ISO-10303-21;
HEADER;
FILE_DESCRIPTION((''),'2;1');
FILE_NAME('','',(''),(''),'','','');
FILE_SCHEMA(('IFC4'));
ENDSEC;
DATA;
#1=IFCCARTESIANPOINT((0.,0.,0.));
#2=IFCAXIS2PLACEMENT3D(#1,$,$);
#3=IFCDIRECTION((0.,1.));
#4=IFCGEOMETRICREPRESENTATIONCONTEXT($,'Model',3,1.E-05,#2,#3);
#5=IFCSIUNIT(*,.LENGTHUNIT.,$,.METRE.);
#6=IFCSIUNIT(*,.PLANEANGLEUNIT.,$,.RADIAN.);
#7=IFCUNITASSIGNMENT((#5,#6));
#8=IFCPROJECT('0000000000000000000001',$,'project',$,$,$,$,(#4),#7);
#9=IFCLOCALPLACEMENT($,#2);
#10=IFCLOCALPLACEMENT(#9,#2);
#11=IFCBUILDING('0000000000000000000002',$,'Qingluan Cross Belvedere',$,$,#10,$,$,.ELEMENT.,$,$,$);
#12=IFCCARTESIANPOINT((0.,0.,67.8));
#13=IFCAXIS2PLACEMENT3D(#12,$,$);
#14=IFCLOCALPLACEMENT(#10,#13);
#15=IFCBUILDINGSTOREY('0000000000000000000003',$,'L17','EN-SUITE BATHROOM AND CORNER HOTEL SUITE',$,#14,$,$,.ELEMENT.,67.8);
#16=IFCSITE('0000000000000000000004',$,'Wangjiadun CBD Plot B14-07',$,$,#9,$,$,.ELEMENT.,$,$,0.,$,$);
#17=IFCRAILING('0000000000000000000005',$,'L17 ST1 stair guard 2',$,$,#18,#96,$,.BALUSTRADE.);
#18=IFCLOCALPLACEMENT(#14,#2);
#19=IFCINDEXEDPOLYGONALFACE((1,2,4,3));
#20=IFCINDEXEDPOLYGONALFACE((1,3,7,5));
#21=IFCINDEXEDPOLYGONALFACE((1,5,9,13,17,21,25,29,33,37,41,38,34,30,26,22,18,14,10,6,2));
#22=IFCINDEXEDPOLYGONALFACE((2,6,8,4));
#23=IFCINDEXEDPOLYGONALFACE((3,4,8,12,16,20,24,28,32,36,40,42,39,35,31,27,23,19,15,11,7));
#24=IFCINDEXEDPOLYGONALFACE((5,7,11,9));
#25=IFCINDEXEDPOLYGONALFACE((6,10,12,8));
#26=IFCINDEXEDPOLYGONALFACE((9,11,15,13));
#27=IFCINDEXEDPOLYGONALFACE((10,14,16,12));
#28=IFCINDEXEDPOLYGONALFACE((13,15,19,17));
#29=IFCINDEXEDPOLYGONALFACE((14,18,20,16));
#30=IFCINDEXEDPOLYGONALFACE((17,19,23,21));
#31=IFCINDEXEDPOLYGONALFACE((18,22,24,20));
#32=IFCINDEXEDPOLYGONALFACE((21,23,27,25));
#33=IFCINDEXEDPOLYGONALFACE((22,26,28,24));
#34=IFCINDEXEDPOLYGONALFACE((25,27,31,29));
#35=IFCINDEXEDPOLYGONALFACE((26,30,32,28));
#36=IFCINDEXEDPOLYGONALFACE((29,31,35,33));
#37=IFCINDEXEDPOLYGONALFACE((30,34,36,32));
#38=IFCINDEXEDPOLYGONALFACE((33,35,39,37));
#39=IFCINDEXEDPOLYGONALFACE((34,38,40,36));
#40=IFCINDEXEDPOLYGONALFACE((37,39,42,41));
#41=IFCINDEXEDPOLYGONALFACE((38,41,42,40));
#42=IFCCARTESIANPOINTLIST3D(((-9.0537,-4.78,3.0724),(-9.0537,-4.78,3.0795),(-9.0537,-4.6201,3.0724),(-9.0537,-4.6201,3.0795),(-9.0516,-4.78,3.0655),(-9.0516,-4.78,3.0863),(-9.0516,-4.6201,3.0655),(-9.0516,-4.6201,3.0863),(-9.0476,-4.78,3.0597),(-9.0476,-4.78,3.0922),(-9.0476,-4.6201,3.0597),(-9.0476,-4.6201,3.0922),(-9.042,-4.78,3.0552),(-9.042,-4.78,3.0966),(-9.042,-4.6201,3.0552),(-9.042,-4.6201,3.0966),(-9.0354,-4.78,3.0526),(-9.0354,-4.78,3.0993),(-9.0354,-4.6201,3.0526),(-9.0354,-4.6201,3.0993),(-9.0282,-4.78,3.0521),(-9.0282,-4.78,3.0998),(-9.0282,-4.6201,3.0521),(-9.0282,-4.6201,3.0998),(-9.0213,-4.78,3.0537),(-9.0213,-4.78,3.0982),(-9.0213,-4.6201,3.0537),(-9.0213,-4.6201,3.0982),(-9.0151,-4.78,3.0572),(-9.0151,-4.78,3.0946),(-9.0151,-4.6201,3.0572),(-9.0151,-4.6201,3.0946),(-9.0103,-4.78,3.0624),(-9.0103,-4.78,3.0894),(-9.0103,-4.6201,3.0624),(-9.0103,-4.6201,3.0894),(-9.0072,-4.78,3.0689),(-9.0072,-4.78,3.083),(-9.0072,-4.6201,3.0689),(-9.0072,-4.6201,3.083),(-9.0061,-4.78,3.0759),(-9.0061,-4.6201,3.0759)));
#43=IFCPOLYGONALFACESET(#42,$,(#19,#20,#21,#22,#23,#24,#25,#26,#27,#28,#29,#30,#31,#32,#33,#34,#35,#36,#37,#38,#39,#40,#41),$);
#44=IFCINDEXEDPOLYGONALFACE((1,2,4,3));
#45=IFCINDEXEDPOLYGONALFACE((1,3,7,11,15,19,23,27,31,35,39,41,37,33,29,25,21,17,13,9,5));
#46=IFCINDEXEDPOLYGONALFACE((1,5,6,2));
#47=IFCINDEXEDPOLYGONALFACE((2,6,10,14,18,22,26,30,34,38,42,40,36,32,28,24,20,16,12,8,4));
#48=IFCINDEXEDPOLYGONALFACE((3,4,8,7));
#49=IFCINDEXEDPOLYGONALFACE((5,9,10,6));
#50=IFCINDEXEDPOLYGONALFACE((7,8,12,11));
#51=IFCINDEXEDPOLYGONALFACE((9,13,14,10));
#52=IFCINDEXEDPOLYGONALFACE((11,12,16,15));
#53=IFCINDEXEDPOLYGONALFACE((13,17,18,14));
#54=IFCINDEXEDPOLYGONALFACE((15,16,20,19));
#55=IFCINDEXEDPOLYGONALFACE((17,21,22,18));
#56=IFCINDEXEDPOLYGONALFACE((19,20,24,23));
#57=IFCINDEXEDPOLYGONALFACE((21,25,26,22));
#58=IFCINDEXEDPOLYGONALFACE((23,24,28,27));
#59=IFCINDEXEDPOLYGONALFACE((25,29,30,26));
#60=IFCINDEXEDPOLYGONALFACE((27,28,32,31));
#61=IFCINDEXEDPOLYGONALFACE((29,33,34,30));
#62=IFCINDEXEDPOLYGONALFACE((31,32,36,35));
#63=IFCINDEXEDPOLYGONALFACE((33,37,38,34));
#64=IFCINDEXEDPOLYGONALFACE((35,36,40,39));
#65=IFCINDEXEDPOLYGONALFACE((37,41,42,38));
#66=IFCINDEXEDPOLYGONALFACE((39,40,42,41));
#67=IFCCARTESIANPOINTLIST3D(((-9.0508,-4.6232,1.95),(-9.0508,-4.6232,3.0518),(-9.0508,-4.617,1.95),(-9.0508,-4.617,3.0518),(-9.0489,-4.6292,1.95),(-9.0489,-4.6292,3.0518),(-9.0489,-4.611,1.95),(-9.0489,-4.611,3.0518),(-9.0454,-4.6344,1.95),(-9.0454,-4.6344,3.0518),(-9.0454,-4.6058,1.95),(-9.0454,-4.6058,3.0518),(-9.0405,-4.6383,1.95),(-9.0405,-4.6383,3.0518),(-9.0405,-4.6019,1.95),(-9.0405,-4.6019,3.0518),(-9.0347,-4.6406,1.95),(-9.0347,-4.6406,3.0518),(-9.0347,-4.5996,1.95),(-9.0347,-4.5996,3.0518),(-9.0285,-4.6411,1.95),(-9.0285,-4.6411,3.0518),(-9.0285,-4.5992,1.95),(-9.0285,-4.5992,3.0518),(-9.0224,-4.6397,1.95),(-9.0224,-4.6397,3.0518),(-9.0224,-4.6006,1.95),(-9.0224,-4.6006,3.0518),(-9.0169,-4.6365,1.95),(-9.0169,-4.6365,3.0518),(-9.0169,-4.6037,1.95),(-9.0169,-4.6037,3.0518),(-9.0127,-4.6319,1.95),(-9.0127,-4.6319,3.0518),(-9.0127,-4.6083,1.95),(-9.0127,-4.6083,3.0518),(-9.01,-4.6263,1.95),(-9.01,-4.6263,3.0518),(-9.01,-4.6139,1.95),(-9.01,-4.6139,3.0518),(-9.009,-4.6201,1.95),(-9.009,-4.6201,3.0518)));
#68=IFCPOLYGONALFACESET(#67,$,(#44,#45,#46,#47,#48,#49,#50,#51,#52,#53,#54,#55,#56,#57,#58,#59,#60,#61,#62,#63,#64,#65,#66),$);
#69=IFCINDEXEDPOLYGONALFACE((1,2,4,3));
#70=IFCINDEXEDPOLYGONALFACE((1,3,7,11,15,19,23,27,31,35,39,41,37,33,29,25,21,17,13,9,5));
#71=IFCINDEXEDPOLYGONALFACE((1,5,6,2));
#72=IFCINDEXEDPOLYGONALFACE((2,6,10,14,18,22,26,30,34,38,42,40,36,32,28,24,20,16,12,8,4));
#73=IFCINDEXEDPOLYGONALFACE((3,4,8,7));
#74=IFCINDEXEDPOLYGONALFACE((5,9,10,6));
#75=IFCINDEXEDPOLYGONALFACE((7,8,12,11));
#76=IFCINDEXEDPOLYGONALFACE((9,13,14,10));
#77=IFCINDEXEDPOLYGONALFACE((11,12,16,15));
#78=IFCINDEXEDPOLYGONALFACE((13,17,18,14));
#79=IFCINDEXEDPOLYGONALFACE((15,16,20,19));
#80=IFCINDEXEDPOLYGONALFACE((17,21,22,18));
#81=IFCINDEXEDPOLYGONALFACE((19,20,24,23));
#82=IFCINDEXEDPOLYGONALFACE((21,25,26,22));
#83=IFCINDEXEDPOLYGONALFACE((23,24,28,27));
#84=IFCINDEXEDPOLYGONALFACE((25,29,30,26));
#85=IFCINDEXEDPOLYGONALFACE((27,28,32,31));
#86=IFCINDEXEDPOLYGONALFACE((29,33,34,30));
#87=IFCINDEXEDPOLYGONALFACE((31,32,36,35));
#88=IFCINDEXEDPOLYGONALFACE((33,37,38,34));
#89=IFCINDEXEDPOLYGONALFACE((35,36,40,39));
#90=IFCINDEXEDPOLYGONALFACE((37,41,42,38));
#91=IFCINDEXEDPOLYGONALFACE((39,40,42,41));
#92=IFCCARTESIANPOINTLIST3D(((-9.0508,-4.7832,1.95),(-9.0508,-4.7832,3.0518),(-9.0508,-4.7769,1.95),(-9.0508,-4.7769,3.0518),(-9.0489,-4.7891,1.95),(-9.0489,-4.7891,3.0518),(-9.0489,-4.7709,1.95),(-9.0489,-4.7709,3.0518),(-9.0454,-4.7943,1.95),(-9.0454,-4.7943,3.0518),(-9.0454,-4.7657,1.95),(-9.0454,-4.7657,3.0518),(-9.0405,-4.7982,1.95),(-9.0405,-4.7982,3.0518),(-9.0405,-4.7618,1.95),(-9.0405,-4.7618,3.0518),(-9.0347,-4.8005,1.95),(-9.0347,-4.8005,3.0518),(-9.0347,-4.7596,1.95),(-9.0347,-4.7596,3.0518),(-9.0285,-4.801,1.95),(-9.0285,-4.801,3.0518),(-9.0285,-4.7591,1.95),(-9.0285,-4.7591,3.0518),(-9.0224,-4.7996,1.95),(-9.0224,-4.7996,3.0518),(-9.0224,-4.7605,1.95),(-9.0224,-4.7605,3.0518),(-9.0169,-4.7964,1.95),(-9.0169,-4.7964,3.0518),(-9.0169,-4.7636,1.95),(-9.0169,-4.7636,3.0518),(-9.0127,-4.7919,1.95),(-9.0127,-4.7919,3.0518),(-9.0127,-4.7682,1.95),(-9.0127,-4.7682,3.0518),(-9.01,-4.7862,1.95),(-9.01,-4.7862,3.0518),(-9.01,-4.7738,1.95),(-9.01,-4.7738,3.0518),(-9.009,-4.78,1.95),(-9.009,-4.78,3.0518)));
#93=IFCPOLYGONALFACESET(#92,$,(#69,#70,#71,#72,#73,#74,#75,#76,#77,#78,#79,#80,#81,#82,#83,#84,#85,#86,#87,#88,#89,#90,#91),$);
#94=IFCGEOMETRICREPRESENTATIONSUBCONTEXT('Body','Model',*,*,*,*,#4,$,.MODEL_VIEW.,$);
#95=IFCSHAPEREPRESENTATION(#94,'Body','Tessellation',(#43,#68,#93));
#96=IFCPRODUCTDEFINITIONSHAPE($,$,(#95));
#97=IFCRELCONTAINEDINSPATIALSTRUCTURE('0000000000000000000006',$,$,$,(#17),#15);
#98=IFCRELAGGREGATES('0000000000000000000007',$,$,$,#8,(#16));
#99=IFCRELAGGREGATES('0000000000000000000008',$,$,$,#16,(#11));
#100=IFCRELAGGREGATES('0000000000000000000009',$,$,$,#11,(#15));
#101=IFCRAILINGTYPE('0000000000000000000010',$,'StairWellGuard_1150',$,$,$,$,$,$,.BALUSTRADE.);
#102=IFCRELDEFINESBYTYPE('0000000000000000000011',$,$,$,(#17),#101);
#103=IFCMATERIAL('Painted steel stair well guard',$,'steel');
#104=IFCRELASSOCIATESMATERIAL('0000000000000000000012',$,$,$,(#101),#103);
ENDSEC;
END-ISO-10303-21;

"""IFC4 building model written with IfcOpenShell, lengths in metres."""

from ifc_helpers import new_model, si_unit, direction, frame, origin, origin_2d, place, context, subcontext, project, spatial, circle, extrude, material, type_object, element, save


model = new_model("IFC4")

# Units and contexts
model_context = context("Model", 3, precision=1e-05, world=origin(), true_north=direction((0.0, 1.0)))
body_context = subcontext(model_context, "Body", "Model", "MODEL_VIEW")
ifc_project = project(units=[si_unit("LENGTHUNIT", "METRE"), si_unit("PLANEANGLEUNIT", "RADIAN")], contexts=[model_context])

# Site, building, storey
site_placement = place(None, origin())
site = spatial("IfcSite", under=ifc_project, at=site_placement, Name="Wangjiadun CBD Plot B14-07", CompositionType="ELEMENT", RefElevation=0.0)
building_placement = place(site_placement, origin())
building = spatial("IfcBuilding", under=site, at=building_placement, Name="Qingluan Cross Belvedere", CompositionType="ELEMENT")
storey_placement = place(building_placement, frame((0.0, 0.0, 67.8)))
storey = spatial("IfcBuildingStorey", under=building, at=storey_placement, Name="L17", Description="EN-SUITE BATHROOM AND CORNER HOTEL SUITE", CompositionType="ELEMENT", Elevation=67.8)

# Railing
ifc_material_1 = material(Name="Painted steel stair well guard", Category="steel")
railing_type_1 = type_object("IfcRailingType", Name="StairWellGuard_1150", PredefinedType="BALUSTRADE", material=ifc_material_1)
railing_1_placement = place(storey_placement, frame((-9.03, -4.6201, 1.95)))
element("IfcRailing", 1, at=railing_1_placement, inside=storey, type_object=railing_type_1, Name="L17 ST1 stair guard 2", PredefinedType="BALUSTRADE", context=body_context, shape_type="SweptSolid", body=[
    extrude(circle(Radius=0.0239, at=origin_2d()), frame((0.0, 0.0, 1.126), z_axis=(0.0, -1.0, 0.0), x_axis=(1.0, 0.0, 0.0)), (0.0, 0.0, 1.0), 0.1599),
    extrude(circle(Radius=0.021, at=origin_2d()), origin(), (0.0, 0.0, 1.0), 1.1018),
    extrude(circle(Radius=0.021, at=origin_2d()), frame((0.0, -0.1599, 0.0)), (0.0, 0.0, 1.0), 1.1018),
])

save(model, "model.ifc")
